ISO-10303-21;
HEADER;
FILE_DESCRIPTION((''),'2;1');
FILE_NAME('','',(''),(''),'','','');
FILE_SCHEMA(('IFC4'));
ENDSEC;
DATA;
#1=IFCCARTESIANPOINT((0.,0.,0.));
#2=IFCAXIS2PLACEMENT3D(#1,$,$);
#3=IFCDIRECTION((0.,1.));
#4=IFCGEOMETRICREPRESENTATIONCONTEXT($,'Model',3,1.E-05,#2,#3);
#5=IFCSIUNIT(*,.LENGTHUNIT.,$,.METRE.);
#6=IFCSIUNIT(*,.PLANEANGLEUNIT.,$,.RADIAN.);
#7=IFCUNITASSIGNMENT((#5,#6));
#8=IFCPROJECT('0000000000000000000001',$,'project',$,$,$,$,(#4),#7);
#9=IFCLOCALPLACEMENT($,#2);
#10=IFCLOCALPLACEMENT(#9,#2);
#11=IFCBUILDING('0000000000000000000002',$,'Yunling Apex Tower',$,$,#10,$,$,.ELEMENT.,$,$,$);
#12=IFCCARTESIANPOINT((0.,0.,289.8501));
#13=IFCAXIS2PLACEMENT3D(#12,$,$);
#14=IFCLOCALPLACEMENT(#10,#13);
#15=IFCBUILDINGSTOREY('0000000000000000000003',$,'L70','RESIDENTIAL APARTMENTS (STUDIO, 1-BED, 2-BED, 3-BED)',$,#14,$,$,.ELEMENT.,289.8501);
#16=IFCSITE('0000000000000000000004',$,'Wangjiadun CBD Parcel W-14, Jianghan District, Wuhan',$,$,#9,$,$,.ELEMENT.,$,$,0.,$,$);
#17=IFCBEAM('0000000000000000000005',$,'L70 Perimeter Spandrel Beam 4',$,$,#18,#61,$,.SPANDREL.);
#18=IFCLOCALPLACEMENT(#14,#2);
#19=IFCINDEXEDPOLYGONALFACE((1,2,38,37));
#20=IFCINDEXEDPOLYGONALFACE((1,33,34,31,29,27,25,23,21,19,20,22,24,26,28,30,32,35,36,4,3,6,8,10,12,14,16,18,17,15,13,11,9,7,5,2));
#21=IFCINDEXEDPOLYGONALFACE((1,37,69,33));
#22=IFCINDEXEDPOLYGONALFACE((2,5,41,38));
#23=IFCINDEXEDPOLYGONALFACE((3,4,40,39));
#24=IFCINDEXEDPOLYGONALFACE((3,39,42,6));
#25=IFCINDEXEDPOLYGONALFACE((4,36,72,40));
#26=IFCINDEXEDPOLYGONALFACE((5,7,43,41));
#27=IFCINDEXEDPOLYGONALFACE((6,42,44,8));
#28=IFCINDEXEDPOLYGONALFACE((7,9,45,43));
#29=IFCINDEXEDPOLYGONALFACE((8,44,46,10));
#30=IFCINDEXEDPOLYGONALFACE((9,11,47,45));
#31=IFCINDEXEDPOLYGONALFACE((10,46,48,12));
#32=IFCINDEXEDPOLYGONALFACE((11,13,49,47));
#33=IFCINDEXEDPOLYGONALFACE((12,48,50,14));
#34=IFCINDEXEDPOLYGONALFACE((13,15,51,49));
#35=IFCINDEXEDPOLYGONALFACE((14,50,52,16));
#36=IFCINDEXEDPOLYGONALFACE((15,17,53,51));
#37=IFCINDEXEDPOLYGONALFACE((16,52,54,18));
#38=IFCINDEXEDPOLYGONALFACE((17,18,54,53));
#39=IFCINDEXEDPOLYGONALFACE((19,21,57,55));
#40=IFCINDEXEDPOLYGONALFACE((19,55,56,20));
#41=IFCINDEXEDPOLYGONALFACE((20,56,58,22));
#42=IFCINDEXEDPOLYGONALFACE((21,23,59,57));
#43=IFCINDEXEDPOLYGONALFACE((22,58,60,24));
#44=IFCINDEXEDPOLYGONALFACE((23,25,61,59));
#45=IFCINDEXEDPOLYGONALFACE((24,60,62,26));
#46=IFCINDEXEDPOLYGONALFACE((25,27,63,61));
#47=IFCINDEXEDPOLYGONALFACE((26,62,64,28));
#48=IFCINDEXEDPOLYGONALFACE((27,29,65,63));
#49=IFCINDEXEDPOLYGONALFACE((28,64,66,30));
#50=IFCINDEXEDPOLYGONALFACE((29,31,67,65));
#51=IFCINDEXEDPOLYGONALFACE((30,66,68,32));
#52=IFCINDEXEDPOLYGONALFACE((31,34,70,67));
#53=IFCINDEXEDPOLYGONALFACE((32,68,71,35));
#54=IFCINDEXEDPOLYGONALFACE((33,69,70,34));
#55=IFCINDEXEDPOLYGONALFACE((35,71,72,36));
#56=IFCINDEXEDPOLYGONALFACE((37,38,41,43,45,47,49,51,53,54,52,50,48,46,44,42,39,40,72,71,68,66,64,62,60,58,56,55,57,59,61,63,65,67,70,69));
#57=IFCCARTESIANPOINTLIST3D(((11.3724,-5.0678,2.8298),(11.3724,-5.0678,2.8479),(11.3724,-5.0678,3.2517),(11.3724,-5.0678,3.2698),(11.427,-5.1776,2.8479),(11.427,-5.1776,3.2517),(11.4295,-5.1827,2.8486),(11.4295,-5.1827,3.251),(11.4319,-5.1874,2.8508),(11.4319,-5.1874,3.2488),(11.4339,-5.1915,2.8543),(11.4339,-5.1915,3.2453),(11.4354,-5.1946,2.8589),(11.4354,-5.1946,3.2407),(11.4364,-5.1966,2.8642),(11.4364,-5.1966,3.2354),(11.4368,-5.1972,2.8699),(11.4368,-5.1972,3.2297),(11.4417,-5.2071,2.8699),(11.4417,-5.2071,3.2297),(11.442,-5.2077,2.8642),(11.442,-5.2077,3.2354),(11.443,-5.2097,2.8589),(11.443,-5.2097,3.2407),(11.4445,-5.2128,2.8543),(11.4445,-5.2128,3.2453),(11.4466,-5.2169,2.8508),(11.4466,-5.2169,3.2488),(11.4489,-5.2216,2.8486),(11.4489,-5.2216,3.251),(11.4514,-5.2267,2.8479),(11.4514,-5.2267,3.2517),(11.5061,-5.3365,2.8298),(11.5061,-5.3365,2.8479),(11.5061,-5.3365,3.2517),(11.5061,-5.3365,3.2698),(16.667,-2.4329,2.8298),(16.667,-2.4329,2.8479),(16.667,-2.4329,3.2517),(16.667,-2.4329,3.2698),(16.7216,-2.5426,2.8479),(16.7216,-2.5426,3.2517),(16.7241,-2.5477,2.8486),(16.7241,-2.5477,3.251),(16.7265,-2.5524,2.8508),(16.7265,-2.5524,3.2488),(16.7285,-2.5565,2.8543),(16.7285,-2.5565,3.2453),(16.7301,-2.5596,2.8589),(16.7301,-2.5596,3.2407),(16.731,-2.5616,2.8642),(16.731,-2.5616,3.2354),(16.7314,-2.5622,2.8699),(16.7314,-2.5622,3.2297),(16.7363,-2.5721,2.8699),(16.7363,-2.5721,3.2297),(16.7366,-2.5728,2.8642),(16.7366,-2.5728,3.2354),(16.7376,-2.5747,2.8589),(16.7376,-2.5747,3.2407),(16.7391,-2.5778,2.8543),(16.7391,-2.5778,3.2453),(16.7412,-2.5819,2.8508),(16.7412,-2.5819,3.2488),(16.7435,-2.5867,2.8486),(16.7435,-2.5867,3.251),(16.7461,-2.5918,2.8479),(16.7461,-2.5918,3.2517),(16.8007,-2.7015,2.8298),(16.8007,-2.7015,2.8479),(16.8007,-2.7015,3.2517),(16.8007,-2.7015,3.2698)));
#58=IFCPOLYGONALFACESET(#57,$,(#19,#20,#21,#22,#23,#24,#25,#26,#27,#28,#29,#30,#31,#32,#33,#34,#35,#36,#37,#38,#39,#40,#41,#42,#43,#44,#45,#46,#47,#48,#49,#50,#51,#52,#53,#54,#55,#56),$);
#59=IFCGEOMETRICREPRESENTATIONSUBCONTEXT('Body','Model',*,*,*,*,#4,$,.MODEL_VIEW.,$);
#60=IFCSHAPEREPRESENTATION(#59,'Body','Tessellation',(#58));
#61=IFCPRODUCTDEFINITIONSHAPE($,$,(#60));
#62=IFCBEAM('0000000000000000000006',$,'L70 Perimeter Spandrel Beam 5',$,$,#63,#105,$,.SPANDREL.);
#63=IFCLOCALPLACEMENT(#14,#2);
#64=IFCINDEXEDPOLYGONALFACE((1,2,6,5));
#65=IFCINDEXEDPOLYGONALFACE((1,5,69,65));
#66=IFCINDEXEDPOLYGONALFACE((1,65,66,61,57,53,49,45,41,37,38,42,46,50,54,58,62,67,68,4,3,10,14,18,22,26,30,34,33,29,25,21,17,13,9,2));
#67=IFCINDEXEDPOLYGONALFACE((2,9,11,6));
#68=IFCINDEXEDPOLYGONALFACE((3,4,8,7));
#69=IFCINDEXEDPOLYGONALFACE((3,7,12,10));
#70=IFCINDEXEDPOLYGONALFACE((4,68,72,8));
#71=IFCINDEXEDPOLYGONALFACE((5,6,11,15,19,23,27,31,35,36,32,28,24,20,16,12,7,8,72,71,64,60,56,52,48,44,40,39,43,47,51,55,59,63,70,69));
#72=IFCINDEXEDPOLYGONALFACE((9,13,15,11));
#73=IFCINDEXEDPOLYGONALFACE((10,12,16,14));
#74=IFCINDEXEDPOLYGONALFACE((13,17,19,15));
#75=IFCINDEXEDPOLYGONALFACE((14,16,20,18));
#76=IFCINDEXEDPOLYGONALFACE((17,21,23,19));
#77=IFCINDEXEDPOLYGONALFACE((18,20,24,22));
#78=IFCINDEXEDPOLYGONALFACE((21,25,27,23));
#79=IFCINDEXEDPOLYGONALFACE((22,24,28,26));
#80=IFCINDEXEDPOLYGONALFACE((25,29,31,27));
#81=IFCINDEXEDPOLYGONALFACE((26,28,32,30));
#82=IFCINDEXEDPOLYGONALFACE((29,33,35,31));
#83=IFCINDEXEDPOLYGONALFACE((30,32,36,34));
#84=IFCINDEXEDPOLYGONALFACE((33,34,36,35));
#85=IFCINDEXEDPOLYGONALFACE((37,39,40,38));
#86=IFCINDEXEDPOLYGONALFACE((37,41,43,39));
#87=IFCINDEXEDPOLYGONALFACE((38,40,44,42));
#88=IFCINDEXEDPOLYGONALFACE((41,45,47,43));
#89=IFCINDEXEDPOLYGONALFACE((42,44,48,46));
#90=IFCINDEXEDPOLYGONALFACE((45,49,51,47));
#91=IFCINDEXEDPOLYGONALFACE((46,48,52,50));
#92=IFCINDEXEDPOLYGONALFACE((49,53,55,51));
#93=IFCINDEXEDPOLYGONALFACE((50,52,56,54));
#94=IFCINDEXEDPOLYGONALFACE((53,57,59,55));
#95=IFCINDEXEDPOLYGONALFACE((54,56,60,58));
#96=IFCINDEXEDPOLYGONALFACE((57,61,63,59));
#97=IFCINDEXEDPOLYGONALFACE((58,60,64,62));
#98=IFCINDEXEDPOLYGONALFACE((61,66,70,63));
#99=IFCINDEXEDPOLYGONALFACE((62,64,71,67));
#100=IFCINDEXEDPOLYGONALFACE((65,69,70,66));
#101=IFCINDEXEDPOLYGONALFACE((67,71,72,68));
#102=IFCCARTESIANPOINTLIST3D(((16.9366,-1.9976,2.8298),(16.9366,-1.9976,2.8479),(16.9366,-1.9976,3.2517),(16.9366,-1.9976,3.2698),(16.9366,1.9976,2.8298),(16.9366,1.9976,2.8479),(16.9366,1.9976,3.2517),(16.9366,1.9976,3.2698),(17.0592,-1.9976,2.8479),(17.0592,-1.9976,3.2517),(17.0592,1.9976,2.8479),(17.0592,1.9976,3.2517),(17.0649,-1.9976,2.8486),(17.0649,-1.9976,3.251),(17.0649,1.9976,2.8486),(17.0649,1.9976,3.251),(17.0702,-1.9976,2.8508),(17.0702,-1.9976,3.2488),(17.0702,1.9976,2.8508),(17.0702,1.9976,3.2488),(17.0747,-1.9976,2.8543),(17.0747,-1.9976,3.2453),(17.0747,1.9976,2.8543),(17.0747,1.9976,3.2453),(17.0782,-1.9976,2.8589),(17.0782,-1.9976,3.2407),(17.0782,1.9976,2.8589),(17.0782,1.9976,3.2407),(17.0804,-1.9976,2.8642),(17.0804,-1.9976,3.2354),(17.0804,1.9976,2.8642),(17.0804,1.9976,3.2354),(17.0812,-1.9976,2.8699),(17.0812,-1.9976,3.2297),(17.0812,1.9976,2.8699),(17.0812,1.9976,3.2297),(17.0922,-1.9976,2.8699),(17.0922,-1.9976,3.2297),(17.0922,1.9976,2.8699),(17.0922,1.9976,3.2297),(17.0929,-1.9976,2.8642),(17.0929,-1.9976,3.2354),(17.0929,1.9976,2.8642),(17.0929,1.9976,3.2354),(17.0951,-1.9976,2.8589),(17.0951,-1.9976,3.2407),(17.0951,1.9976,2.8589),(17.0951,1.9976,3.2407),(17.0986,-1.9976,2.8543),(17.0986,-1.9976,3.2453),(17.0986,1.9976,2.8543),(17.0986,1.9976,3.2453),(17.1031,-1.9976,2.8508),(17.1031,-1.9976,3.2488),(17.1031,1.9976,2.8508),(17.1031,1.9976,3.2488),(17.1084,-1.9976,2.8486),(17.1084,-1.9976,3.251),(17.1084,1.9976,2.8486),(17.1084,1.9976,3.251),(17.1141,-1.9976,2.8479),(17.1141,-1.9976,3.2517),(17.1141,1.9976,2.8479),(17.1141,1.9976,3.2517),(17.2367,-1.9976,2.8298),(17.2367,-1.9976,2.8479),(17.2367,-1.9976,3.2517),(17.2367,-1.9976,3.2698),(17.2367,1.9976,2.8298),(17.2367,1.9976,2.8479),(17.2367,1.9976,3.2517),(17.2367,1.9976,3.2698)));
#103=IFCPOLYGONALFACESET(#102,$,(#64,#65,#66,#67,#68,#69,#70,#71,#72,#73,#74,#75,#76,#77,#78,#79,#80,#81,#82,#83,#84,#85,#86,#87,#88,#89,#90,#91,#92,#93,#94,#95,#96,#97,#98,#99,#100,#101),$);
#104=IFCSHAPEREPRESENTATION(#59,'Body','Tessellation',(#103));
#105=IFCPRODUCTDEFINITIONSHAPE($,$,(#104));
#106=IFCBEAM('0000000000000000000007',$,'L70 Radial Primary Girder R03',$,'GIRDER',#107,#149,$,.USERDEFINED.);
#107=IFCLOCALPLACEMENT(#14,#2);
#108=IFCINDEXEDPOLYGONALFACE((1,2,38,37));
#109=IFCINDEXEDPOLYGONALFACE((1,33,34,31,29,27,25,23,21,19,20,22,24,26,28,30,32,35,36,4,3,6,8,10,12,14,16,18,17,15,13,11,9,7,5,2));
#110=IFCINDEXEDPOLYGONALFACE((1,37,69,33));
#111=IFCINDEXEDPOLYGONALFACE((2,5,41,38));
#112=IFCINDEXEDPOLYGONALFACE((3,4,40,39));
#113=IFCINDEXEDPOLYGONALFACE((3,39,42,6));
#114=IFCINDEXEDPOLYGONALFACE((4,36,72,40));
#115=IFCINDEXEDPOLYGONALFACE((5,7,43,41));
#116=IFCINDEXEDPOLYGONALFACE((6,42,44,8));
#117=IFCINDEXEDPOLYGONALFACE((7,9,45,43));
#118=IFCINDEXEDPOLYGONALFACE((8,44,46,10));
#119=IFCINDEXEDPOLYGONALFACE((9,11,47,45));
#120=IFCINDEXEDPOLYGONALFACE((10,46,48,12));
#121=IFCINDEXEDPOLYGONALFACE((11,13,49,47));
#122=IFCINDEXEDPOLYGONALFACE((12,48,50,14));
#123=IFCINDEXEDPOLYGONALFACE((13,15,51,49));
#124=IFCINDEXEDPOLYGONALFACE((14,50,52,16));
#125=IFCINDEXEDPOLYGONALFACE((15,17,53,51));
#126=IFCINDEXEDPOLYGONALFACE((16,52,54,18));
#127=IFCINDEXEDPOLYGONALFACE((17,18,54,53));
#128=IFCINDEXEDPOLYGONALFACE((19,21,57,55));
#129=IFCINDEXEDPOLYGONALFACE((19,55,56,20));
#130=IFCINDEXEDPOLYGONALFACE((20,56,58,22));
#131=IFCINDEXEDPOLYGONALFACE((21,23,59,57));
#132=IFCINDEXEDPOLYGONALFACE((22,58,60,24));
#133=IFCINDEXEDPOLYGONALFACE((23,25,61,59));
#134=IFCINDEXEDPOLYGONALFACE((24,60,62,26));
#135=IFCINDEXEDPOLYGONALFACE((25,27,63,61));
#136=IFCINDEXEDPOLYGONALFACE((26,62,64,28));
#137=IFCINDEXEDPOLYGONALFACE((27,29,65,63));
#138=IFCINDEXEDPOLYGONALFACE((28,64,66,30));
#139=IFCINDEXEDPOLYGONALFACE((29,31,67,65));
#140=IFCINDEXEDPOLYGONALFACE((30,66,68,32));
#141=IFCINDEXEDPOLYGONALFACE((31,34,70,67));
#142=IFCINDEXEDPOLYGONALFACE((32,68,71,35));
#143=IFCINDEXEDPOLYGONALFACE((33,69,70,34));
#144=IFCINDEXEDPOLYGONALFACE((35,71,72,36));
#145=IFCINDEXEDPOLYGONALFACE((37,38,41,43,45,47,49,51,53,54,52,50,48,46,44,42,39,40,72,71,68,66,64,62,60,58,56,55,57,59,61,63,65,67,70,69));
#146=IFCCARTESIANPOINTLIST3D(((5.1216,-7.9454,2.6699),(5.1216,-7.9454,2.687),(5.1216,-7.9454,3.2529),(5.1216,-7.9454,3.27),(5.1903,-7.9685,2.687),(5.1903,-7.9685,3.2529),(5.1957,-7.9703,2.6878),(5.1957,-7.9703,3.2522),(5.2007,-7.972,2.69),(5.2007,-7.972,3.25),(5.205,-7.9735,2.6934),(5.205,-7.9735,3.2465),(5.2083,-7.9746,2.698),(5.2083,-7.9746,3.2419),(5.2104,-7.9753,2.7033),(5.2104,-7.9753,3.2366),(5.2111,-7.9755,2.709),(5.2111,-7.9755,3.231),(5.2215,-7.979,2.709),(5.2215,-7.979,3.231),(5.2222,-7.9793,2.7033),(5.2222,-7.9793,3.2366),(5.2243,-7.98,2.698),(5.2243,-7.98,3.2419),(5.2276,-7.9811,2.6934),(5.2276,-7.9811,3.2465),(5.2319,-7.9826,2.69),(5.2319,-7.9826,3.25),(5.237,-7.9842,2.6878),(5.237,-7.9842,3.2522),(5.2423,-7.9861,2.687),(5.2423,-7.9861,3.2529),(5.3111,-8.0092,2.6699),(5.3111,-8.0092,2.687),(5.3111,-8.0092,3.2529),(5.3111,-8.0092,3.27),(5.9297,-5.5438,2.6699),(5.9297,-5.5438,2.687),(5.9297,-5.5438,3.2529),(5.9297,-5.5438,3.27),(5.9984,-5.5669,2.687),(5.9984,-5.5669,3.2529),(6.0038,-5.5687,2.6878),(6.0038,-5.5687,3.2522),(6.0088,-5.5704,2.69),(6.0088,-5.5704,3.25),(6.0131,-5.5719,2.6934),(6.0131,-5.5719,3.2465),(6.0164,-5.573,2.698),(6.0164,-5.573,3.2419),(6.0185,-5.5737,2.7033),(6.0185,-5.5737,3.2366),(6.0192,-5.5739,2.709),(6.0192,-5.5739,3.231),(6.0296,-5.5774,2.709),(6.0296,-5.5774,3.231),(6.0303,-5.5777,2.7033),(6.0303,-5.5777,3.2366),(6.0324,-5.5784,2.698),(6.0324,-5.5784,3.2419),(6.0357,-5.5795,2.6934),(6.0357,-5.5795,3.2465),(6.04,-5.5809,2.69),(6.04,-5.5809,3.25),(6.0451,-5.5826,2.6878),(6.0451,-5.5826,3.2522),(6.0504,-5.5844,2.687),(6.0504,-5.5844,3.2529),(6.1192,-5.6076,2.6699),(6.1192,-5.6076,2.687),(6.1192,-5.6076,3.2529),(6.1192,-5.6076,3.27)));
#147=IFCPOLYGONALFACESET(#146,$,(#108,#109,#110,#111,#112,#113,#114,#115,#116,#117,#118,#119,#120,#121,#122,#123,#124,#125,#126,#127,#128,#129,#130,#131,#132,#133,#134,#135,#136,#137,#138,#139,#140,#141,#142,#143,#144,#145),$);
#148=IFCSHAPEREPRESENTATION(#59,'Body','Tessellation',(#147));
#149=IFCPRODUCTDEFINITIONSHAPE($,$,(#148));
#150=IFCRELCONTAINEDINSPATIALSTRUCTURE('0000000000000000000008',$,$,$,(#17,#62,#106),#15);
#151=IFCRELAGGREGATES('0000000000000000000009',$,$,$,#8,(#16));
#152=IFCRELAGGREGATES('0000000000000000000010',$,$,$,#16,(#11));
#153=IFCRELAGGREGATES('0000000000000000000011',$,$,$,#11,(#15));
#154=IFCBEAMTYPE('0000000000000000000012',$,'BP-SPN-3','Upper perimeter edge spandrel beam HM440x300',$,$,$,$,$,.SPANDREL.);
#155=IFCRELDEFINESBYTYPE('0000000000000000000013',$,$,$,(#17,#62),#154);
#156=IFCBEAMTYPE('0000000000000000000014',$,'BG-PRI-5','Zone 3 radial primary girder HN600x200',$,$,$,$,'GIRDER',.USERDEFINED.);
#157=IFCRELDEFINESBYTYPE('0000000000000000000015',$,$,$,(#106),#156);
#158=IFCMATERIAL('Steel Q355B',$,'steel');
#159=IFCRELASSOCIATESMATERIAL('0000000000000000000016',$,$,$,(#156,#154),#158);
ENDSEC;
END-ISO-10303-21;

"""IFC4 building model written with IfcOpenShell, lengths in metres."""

from ifc_helpers import new_model, si_unit, direction, frame, origin, origin_2d, place, context, subcontext, project, spatial, i_section, extrude, source, transform, mapped, material, material_profile, profile_set, type_object, element, save


model = new_model("IFC4")

# Units and contexts
model_context = context("Model", 3, precision=1e-05, world=origin(), true_north=direction((0.0, 1.0)))
body_context = subcontext(model_context, "Body", "Model", "MODEL_VIEW")
ifc_project = project(units=[si_unit("LENGTHUNIT", "METRE"), si_unit("PLANEANGLEUNIT", "RADIAN")], contexts=[model_context])

# Site, building, storey
site_placement = place(None, origin())
site = spatial("IfcSite", under=ifc_project, at=site_placement, Name="Wangjiadun CBD Parcel W-14, Jianghan District, Wuhan", CompositionType="ELEMENT", RefElevation=0.0)
building_placement = place(site_placement, origin())
building = spatial("IfcBuilding", under=site, at=building_placement, Name="Yunling Apex Tower", CompositionType="ELEMENT")
storey_placement = place(building_placement, frame((0.0, 0.0, 289.8501)))
storey = spatial("IfcBuildingStorey", under=building, at=storey_placement, Name="L70", Description="RESIDENTIAL APARTMENTS (STUDIO, 1-BED, 2-BED, 3-BED)", CompositionType="ELEMENT", Elevation=289.8501)

# Shared definitions
ifc_material_1 = material(Name="Steel Q355B", Category="steel")

# Beams
ifc_material_profile_1 = material_profile(ifc_material_1, i_section(OverallWidth=0.2, OverallDepth=0.6001, WebThickness=0.011, FlangeThickness=0.0171, FilletRadius=0.022, at=origin_2d()))
ifc_profile_set_1 = profile_set([ifc_material_profile_1], Name="Steel Q355B")
beam_type_1 = type_object("IfcBeamType", Name="BG-PRI-5", Description="Zone 3 radial primary girder HN600x200", ElementType="GIRDER", PredefinedType="USERDEFINED", material=ifc_profile_set_1)
ifc_material_profile_2 = material_profile(ifc_material_1, i_section(OverallWidth=0.3, OverallDepth=0.4399, WebThickness=0.011, FlangeThickness=0.0181, FilletRadius=0.022, at=origin_2d()))
ifc_profile_set_2 = profile_set([ifc_material_profile_2], Name="Steel Q355B")
beam_type_2 = type_object("IfcBeamType", Name="BP-SPN-3", Description="Upper perimeter edge spandrel beam HM440x300", PredefinedType="SPANDREL", material=ifc_profile_set_2)
shared_shape_1 = source(origin(), body_context, "Body", "SweptSolid", [
    extrude(i_section(OverallWidth=0.3, OverallDepth=0.4399, WebThickness=0.011, FlangeThickness=0.0181, FilletRadius=0.022, at=origin_2d()), origin(), (0.0, 0.0, 1.0), 5.9141),
])
for number, where, z_axis, x_axis, name in (
    (1, (11.4392, -5.2021, 3.0498), (0.89526, 0.445545, 0.0), (-0.445545, 0.89526, 0.0), "L70 Perimeter Spandrel Beam 4"),
):
    element("IfcBeam", number, at=place(storey_placement, frame(where, z_axis=z_axis, x_axis=x_axis)), inside=storey, type_object=beam_type_2, Name=name, PredefinedType="SPANDREL", context=body_context, shape_type="MappedRepresentation", body=[
        mapped(shared_shape_1, transform((0.0, 0.0, 0.0), scale=1.0)),
    ])
shared_shape_2 = source(origin(), body_context, "Body", "SweptSolid", [
    extrude(i_section(OverallWidth=0.3, OverallDepth=0.4399, WebThickness=0.011, FlangeThickness=0.0181, FilletRadius=0.022, at=origin_2d()), origin(), (0.0, 0.0, 1.0), 3.9951),
])
beam_1_placement = place(storey_placement, frame((17.0867, -1.9976, 3.0498), z_axis=(0.0, 1.0, 0.0), x_axis=(-1.0, 0.0, 0.0)))
element("IfcBeam", 2, at=beam_1_placement, inside=storey, type_object=beam_type_2, Name="L70 Perimeter Spandrel Beam 5", PredefinedType="SPANDREL", context=body_context, shape_type="MappedRepresentation", body=[
    mapped(shared_shape_2, transform((0.0, 0.0, 0.0), scale=1.0)),
])
shared_shape_3 = source(origin(), body_context, "Body", "SweptSolid", [
    extrude(i_section(OverallWidth=0.2, OverallDepth=0.6001, WebThickness=0.011, FlangeThickness=0.0171, FilletRadius=0.022, at=origin_2d()), origin(), (0.0, 0.0, 1.0), 2.5339),
])
beam_2_placement = place(storey_placement, frame((5.2163, -7.9773, 2.97), z_axis=(0.318915, 0.947783, 0.0), x_axis=(-0.947783, 0.318915, 0.0)))
element("IfcBeam", 3, at=beam_2_placement, inside=storey, type_object=beam_type_1, Name="L70 Radial Primary Girder R03", ObjectType="GIRDER", PredefinedType="USERDEFINED", context=body_context, shape_type="MappedRepresentation", body=[
    mapped(shared_shape_3, transform((0.0, 0.0, 0.0), scale=1.0)),
])

save(model, "model.ifc")
